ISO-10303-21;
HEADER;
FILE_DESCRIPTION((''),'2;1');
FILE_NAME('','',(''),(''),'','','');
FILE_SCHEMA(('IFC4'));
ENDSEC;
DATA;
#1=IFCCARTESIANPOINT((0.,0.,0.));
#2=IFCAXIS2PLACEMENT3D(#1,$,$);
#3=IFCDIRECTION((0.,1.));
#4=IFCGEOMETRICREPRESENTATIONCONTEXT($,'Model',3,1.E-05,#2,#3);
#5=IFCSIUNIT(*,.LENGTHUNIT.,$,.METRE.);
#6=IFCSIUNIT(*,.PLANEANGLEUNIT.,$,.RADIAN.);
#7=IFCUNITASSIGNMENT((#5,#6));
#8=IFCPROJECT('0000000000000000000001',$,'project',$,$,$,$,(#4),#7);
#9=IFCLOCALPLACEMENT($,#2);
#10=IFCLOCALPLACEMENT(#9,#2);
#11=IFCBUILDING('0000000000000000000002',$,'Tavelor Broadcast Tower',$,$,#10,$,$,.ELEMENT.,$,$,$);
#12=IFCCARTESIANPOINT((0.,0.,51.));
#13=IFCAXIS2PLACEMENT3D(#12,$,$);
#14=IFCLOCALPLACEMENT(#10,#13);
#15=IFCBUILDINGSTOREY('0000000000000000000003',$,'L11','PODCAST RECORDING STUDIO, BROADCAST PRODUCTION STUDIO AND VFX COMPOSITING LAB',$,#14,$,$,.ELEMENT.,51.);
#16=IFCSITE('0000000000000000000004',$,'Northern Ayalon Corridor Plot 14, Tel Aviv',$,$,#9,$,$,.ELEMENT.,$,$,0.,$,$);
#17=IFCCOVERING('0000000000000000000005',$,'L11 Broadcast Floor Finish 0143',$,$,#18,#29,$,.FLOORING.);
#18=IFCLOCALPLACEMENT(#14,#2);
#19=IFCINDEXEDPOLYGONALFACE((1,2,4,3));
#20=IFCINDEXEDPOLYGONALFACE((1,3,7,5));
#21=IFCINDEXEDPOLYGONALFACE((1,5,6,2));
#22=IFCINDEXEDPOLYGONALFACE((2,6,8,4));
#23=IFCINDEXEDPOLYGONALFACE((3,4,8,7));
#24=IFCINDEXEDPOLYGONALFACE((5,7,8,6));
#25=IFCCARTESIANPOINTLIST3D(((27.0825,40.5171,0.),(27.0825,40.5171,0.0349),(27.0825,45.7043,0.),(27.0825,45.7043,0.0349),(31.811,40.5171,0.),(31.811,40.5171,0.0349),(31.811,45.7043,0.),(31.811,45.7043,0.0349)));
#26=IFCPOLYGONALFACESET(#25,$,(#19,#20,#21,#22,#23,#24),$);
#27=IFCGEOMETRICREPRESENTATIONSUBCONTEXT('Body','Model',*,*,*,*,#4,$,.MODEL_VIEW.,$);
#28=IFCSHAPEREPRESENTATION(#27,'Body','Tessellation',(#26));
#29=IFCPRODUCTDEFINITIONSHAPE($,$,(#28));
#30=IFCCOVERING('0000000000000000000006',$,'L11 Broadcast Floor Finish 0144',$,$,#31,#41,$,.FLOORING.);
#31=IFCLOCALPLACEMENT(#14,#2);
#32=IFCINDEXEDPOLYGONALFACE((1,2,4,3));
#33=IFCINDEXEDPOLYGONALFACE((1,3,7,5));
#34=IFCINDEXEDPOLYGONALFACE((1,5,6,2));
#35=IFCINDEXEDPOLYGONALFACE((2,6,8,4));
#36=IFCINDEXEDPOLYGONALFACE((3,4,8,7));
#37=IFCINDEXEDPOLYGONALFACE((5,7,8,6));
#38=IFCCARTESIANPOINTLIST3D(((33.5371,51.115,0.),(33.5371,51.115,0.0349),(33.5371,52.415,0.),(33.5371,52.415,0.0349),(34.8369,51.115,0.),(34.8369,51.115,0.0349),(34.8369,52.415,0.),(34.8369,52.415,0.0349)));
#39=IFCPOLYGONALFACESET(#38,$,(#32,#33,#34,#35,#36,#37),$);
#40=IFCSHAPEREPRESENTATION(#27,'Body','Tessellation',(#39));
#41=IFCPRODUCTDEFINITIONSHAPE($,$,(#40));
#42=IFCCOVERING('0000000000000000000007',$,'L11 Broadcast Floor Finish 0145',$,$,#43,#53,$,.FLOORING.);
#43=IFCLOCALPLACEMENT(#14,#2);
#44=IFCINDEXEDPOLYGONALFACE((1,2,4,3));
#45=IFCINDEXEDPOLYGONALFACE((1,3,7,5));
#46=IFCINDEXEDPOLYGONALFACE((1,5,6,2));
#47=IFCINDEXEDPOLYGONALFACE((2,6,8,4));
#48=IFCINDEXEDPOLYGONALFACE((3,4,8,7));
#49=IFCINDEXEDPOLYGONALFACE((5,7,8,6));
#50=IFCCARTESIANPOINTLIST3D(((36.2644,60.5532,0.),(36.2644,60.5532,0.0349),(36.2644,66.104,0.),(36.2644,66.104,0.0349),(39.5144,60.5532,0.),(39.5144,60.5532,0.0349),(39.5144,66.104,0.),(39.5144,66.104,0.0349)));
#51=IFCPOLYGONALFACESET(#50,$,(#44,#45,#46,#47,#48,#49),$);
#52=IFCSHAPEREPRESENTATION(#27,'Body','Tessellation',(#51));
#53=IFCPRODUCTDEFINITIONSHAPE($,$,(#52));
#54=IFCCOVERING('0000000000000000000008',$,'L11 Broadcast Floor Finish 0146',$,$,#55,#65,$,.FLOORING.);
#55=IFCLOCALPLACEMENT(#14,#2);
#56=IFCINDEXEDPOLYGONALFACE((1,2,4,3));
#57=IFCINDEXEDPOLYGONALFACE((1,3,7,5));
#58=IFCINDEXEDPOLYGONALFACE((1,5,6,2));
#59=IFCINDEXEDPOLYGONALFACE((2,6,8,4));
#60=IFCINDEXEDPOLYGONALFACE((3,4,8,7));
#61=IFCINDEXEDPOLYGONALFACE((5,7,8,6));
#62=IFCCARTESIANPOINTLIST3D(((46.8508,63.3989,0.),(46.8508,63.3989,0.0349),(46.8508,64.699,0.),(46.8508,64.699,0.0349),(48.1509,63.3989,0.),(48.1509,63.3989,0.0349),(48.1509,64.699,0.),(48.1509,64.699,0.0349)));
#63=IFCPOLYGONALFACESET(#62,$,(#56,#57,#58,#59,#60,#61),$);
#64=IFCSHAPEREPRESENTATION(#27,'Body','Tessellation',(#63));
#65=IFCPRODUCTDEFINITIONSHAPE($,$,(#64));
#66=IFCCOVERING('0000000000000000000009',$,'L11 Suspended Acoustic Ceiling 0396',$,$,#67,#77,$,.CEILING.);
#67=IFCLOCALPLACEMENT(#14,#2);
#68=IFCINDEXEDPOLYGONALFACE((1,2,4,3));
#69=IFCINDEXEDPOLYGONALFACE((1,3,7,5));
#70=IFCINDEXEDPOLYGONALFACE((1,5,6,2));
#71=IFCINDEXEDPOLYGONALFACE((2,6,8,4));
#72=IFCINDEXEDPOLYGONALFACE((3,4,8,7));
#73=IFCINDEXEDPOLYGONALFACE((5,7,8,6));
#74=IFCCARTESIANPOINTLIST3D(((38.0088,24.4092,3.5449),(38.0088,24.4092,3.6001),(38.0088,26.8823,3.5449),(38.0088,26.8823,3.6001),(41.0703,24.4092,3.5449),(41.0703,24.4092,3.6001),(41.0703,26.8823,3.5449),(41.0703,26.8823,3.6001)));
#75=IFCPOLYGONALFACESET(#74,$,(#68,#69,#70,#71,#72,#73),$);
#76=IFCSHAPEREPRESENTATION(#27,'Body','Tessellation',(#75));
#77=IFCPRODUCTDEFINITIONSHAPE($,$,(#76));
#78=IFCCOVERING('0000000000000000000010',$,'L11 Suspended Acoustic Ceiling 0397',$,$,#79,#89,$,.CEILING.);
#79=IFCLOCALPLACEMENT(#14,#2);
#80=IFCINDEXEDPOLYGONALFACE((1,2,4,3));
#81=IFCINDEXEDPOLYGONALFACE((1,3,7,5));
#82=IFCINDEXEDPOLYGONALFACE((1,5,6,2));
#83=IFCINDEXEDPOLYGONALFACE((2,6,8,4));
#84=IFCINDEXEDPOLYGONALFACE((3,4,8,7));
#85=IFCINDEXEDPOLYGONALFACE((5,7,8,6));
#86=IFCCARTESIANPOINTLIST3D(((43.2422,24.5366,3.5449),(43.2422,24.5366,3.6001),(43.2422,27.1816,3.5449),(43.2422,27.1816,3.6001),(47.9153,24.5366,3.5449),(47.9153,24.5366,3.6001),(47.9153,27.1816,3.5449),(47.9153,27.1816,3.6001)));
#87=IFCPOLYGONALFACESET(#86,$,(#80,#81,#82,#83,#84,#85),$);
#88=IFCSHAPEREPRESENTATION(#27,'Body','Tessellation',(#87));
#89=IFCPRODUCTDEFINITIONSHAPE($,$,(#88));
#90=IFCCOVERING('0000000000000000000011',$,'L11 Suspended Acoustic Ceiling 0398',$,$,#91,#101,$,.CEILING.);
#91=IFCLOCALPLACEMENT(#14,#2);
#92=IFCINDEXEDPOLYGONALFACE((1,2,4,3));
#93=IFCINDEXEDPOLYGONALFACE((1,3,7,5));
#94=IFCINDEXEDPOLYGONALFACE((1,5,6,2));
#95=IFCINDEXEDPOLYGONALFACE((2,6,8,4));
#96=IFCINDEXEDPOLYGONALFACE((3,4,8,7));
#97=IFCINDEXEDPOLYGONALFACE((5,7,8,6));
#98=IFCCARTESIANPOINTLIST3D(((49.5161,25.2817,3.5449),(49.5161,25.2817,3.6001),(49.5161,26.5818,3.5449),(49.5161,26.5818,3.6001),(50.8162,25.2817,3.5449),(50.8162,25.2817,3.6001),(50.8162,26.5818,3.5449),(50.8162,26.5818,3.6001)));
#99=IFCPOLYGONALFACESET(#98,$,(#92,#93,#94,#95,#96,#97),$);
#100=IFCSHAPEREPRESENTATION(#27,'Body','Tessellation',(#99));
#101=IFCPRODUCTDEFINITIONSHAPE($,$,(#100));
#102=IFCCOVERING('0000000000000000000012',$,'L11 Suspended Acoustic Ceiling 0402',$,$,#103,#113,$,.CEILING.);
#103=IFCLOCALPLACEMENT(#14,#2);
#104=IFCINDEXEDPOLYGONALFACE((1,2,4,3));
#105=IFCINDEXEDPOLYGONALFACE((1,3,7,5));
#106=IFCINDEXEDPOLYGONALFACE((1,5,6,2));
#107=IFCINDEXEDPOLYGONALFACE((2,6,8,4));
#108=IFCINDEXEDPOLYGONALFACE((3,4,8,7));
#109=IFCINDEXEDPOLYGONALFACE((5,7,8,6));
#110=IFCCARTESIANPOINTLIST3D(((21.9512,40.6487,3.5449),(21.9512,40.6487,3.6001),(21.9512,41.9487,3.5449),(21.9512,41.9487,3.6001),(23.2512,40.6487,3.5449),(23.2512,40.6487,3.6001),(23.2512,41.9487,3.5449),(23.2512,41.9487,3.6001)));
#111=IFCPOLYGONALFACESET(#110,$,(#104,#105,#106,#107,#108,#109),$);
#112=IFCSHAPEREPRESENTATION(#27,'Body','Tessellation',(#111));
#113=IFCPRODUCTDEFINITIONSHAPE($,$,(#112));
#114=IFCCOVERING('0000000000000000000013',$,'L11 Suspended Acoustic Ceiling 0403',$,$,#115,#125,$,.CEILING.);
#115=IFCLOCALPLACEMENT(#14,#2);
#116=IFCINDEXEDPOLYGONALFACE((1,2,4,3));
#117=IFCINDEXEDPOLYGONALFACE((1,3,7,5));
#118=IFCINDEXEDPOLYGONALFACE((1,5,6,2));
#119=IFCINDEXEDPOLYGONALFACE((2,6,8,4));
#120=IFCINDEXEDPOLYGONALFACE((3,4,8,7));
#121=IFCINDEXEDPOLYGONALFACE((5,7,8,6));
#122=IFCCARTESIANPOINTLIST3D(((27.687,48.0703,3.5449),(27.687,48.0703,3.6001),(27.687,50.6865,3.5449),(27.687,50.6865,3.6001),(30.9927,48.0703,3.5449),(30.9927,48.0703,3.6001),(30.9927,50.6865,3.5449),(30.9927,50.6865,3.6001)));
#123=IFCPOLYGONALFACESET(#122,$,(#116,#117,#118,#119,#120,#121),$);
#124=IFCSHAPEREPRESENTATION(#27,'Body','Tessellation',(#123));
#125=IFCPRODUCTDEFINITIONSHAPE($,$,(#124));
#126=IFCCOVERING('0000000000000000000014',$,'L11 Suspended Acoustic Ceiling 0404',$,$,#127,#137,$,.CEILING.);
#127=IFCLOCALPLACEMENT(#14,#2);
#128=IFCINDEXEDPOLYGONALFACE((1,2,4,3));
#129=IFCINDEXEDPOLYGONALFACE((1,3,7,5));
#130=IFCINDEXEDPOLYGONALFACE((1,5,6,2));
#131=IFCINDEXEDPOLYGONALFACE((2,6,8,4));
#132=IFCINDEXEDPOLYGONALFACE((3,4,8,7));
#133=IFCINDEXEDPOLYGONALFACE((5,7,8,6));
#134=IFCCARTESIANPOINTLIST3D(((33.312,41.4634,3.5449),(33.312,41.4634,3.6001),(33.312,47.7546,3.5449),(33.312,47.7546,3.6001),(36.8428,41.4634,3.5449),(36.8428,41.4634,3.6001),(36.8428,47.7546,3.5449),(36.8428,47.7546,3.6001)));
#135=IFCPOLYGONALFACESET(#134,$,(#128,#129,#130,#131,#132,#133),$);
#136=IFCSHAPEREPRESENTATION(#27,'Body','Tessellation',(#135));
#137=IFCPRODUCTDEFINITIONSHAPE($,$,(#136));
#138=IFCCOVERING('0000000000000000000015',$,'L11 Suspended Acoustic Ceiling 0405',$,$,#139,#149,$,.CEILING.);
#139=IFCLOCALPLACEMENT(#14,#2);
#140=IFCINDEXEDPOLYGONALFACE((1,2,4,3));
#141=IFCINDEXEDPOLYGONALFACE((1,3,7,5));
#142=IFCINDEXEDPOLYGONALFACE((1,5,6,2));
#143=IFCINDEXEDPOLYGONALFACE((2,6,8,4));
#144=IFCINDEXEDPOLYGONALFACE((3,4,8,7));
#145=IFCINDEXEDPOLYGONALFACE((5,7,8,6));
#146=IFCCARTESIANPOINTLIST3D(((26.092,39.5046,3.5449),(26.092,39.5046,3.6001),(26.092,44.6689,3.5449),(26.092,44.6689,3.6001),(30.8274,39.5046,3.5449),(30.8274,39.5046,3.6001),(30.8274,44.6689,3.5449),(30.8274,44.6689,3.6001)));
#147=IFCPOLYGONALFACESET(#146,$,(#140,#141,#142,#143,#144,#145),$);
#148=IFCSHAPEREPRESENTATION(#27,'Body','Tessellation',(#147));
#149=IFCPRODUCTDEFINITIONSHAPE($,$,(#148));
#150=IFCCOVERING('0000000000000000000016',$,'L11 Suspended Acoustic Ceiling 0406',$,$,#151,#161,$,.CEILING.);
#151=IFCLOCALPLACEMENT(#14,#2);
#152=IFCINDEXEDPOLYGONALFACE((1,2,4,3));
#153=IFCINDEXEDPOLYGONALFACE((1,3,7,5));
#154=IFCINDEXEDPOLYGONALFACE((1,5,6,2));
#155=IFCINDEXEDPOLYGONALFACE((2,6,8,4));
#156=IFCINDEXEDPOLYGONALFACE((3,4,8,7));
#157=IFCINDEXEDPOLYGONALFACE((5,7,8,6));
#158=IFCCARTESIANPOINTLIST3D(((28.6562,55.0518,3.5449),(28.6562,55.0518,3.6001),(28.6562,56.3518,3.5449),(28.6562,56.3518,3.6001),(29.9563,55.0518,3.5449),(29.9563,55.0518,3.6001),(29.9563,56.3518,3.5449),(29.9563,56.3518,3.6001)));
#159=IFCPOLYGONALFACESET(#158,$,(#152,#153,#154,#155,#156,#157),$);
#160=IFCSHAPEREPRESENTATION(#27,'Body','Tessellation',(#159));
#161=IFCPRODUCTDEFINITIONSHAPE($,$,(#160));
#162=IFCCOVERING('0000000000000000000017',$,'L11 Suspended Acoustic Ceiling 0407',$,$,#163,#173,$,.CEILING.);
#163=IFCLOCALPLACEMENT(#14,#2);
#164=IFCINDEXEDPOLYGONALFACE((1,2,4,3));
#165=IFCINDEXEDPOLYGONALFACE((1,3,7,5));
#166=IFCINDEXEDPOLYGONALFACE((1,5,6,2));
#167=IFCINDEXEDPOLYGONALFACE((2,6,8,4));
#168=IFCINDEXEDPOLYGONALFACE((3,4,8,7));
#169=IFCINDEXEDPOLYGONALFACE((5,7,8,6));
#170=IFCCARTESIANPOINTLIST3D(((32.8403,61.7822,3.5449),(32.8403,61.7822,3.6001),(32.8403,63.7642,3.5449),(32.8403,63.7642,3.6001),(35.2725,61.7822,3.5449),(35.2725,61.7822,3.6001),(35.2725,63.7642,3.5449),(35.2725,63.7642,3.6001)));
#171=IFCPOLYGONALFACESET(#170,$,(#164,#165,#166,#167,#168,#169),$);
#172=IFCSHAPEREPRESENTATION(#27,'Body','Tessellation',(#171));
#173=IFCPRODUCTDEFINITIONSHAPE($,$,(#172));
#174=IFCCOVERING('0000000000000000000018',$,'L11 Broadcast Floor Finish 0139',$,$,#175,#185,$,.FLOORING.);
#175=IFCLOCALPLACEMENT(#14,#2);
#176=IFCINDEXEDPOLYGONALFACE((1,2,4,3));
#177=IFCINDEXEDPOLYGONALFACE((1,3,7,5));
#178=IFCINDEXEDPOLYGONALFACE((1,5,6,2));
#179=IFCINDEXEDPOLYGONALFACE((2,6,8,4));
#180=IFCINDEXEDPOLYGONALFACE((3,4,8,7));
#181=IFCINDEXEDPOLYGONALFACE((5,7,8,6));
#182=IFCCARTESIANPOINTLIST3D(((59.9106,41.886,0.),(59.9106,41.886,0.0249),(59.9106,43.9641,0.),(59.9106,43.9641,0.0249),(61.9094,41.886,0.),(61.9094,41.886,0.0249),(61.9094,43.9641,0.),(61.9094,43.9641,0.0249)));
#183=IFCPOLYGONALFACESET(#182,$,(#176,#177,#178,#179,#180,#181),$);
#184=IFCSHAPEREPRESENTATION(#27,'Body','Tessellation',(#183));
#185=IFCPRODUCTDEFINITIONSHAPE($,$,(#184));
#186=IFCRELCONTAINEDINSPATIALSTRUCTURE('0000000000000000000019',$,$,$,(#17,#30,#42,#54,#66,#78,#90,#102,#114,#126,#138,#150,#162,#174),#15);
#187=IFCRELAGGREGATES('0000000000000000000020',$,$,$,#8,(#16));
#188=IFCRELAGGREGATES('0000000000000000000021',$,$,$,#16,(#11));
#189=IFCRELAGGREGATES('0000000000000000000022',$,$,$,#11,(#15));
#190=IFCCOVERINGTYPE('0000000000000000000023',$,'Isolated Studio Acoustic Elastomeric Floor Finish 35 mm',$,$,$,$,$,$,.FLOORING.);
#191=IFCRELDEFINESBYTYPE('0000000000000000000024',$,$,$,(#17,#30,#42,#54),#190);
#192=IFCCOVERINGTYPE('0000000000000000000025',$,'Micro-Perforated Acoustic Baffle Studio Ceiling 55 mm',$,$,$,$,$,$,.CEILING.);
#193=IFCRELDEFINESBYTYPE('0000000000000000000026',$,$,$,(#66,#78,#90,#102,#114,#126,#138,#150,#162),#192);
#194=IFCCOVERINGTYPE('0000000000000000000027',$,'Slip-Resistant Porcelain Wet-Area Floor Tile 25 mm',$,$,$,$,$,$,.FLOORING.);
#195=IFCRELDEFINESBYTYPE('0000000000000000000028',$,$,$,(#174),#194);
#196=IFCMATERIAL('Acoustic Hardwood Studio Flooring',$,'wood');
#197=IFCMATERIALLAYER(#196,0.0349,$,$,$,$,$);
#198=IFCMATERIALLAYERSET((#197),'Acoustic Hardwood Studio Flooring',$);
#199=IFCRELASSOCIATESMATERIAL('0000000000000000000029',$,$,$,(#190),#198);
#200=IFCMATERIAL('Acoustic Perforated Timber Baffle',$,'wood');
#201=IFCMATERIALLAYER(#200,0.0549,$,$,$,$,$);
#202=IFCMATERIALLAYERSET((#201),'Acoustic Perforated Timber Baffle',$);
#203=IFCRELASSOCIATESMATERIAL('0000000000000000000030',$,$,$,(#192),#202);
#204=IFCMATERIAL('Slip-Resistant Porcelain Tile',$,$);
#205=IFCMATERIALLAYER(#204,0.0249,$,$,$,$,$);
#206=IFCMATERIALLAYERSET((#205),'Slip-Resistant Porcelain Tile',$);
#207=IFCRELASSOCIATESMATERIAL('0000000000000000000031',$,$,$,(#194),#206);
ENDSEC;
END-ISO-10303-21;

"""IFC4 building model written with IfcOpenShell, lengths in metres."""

from ifc_helpers import new_model, si_unit, direction, frame, origin, place, context, subcontext, project, spatial, polyline, outline, extrude, material, layer, layer_set, type_object, element, save


model = new_model("IFC4")

# Units and contexts
model_context = context("Model", 3, precision=1e-05, world=origin(), true_north=direction((0.0, 1.0)))
body_context = subcontext(model_context, "Body", "Model", "MODEL_VIEW")
ifc_project = project(units=[si_unit("LENGTHUNIT", "METRE"), si_unit("PLANEANGLEUNIT", "RADIAN")], contexts=[model_context])

# Site, building, storey
site_placement = place(None, origin())
site = spatial("IfcSite", under=ifc_project, at=site_placement, Name="Northern Ayalon Corridor Plot 14, Tel Aviv", CompositionType="ELEMENT", RefElevation=0.0)
building_placement = place(site_placement, origin())
building = spatial("IfcBuilding", under=site, at=building_placement, Name="Tavelor Broadcast Tower", CompositionType="ELEMENT")
storey_placement = place(building_placement, frame((0.0, 0.0, 51.0)))
storey = spatial("IfcBuildingStorey", under=building, at=storey_placement, Name="L11", Description="PODCAST RECORDING STUDIO, BROADCAST PRODUCTION STUDIO AND VFX COMPOSITING LAB", CompositionType="ELEMENT", Elevation=51.0)

# Coverings
ifc_material_1 = material(Name="Acoustic Hardwood Studio Flooring", Category="wood")
ifc_layer_1 = layer(ifc_material_1, 0.0349)
ifc_layer_set_1 = layer_set([ifc_layer_1], Name="Acoustic Hardwood Studio Flooring")
covering_type_1 = type_object("IfcCoveringType", Name="Isolated Studio Acoustic Elastomeric Floor Finish 35 mm", PredefinedType="FLOORING", material=ifc_layer_set_1)
covering_1_placement = place(storey_placement, origin())
element("IfcCovering", 1, at=covering_1_placement, inside=storey, type_object=covering_type_1, Name="L11 Broadcast Floor Finish 0143", PredefinedType="FLOORING", context=body_context, shape_type="SweptSolid", body=[
    extrude(outline(polyline([(27.0825, 40.5171), (31.811, 40.5171), (31.811, 45.7043), (27.0825, 45.7043), (27.0825, 40.5171)])), origin(), (0.0, 0.0, 1.0), 0.0349),
])
covering_2_placement = place(storey_placement, origin())
element("IfcCovering", 2, at=covering_2_placement, inside=storey, type_object=covering_type_1, Name="L11 Broadcast Floor Finish 0144", PredefinedType="FLOORING", context=body_context, shape_type="SweptSolid", body=[
    extrude(outline(polyline([(33.5371, 51.115), (34.8369, 51.115), (34.8369, 52.415), (33.5371, 52.415), (33.5371, 51.115)])), origin(), (0.0, 0.0, 1.0), 0.0349),
])
covering_3_placement = place(storey_placement, origin())
element("IfcCovering", 3, at=covering_3_placement, inside=storey, type_object=covering_type_1, Name="L11 Broadcast Floor Finish 0145", PredefinedType="FLOORING", context=body_context, shape_type="SweptSolid", body=[
    extrude(outline(polyline([(36.2644, 60.5532), (39.5144, 60.5532), (39.5144, 66.104), (36.2644, 66.104), (36.2644, 60.5532)])), origin(), (0.0, 0.0, 1.0), 0.0349),
])
covering_4_placement = place(storey_placement, origin())
element("IfcCovering", 4, at=covering_4_placement, inside=storey, type_object=covering_type_1, Name="L11 Broadcast Floor Finish 0146", PredefinedType="FLOORING", context=body_context, shape_type="SweptSolid", body=[
    extrude(outline(polyline([(46.8508, 63.3989), (48.1509, 63.3989), (48.1509, 64.699), (46.8508, 64.699), (46.8508, 63.3989)])), origin(), (0.0, 0.0, 1.0), 0.0349),
])
ifc_material_2 = material(Name="Acoustic Perforated Timber Baffle", Category="wood")
ifc_layer_2 = layer(ifc_material_2, 0.0549)
ifc_layer_set_2 = layer_set([ifc_layer_2], Name="Acoustic Perforated Timber Baffle")
covering_type_2 = type_object("IfcCoveringType", Name="Micro-Perforated Acoustic Baffle Studio Ceiling 55 mm", PredefinedType="CEILING", material=ifc_layer_set_2)
covering_5_placement = place(storey_placement, frame((0.0, 0.0, 3.5449)))
element("IfcCovering", 5, at=covering_5_placement, inside=storey, type_object=covering_type_2, Name="L11 Suspended Acoustic Ceiling 0396", PredefinedType="CEILING", context=body_context, shape_type="SweptSolid", body=[
    extrude(outline(polyline([(38.0088, 24.4092), (41.0703, 24.4092), (41.0703, 26.8823), (38.0088, 26.8823), (38.0088, 24.4092)])), origin(), (0.0, 0.0, 1.0), 0.0552),
])
covering_6_placement = place(storey_placement, frame((0.0, 0.0, 3.5449)))
element("IfcCovering", 6, at=covering_6_placement, inside=storey, type_object=covering_type_2, Name="L11 Suspended Acoustic Ceiling 0397", PredefinedType="CEILING", context=body_context, shape_type="SweptSolid", body=[
    extrude(outline(polyline([(43.2422, 24.5366), (47.9153, 24.5366), (47.9153, 27.1816), (43.2422, 27.1816), (43.2422, 24.5366)])), origin(), (0.0, 0.0, 1.0), 0.0552),
])
covering_7_placement = place(storey_placement, frame((0.0, 0.0, 3.5449)))
element("IfcCovering", 7, at=covering_7_placement, inside=storey, type_object=covering_type_2, Name="L11 Suspended Acoustic Ceiling 0398", PredefinedType="CEILING", context=body_context, shape_type="SweptSolid", body=[
    extrude(outline(polyline([(49.5161, 25.2817), (50.8162, 25.2817), (50.8162, 26.5818), (49.5161, 26.5818), (49.5161, 25.2817)])), origin(), (0.0, 0.0, 1.0), 0.0552),
])
covering_8_placement = place(storey_placement, frame((0.0, 0.0, 3.5449)))
element("IfcCovering", 8, at=covering_8_placement, inside=storey, type_object=covering_type_2, Name="L11 Suspended Acoustic Ceiling 0402", PredefinedType="CEILING", context=body_context, shape_type="SweptSolid", body=[
    extrude(outline(polyline([(21.9512, 40.6487), (23.2512, 40.6487), (23.2512, 41.9487), (21.9512, 41.9487), (21.9512, 40.6487)])), origin(), (0.0, 0.0, 1.0), 0.0552),
])
covering_9_placement = place(storey_placement, frame((0.0, 0.0, 3.5449)))
element("IfcCovering", 9, at=covering_9_placement, inside=storey, type_object=covering_type_2, Name="L11 Suspended Acoustic Ceiling 0403", PredefinedType="CEILING", context=body_context, shape_type="SweptSolid", body=[
    extrude(outline(polyline([(27.687, 48.0703), (30.9927, 48.0703), (30.9927, 50.6865), (27.687, 50.6865), (27.687, 48.0703)])), origin(), (0.0, 0.0, 1.0), 0.0552),
])
covering_10_placement = place(storey_placement, frame((0.0, 0.0, 3.5449)))
element("IfcCovering", 10, at=covering_10_placement, inside=storey, type_object=covering_type_2, Name="L11 Suspended Acoustic Ceiling 0404", PredefinedType="CEILING", context=body_context, shape_type="SweptSolid", body=[
    extrude(outline(polyline([(33.312, 41.4634), (36.8428, 41.4634), (36.8428, 47.7546), (33.312, 47.7546), (33.312, 41.4634)])), origin(), (0.0, 0.0, 1.0), 0.0552),
])
covering_11_placement = place(storey_placement, frame((0.0, 0.0, 3.5449)))
element("IfcCovering", 11, at=covering_11_placement, inside=storey, type_object=covering_type_2, Name="L11 Suspended Acoustic Ceiling 0405", PredefinedType="CEILING", context=body_context, shape_type="SweptSolid", body=[
    extrude(outline(polyline([(26.092, 39.5046), (30.8274, 39.5046), (30.8274, 44.6689), (26.092, 44.6689), (26.092, 39.5046)])), origin(), (0.0, 0.0, 1.0), 0.0552),
])
covering_12_placement = place(storey_placement, frame((0.0, 0.0, 3.5449)))
element("IfcCovering", 12, at=covering_12_placement, inside=storey, type_object=covering_type_2, Name="L11 Suspended Acoustic Ceiling 0406", PredefinedType="CEILING", context=body_context, shape_type="SweptSolid", body=[
    extrude(outline(polyline([(28.6562, 55.0518), (29.9563, 55.0518), (29.9563, 56.3518), (28.6562, 56.3518), (28.6562, 55.0518)])), origin(), (0.0, 0.0, 1.0), 0.0552),
])
covering_13_placement = place(storey_placement, frame((0.0, 0.0, 3.5449)))
element("IfcCovering", 13, at=covering_13_placement, inside=storey, type_object=covering_type_2, Name="L11 Suspended Acoustic Ceiling 0407", PredefinedType="CEILING", context=body_context, shape_type="SweptSolid", body=[
    extrude(outline(polyline([(32.8403, 61.7822), (35.2725, 61.7822), (35.2725, 63.7642), (32.8403, 63.7642), (32.8403, 61.7822)])), origin(), (0.0, 0.0, 1.0), 0.0552),
])
ifc_material_3 = material(Name="Slip-Resistant Porcelain Tile")
ifc_layer_3 = layer(ifc_material_3, 0.0249)
ifc_layer_set_3 = layer_set([ifc_layer_3], Name="Slip-Resistant Porcelain Tile")
covering_type_3 = type_object("IfcCoveringType", Name="Slip-Resistant Porcelain Wet-Area Floor Tile 25 mm", PredefinedType="FLOORING", material=ifc_layer_set_3)
covering_14_placement = place(storey_placement, origin())
element("IfcCovering", 14, at=covering_14_placement, inside=storey, type_object=covering_type_3, Name="L11 Broadcast Floor Finish 0139", PredefinedType="FLOORING", context=body_context, shape_type="SweptSolid", body=[
    extrude(outline(polyline([(59.9106, 41.886), (61.9094, 41.886), (61.9094, 43.9641), (59.9106, 43.9641), (59.9106, 41.886)])), origin(), (0.0, 0.0, 1.0), 0.0249),
])

save(model, "model.ifc")
